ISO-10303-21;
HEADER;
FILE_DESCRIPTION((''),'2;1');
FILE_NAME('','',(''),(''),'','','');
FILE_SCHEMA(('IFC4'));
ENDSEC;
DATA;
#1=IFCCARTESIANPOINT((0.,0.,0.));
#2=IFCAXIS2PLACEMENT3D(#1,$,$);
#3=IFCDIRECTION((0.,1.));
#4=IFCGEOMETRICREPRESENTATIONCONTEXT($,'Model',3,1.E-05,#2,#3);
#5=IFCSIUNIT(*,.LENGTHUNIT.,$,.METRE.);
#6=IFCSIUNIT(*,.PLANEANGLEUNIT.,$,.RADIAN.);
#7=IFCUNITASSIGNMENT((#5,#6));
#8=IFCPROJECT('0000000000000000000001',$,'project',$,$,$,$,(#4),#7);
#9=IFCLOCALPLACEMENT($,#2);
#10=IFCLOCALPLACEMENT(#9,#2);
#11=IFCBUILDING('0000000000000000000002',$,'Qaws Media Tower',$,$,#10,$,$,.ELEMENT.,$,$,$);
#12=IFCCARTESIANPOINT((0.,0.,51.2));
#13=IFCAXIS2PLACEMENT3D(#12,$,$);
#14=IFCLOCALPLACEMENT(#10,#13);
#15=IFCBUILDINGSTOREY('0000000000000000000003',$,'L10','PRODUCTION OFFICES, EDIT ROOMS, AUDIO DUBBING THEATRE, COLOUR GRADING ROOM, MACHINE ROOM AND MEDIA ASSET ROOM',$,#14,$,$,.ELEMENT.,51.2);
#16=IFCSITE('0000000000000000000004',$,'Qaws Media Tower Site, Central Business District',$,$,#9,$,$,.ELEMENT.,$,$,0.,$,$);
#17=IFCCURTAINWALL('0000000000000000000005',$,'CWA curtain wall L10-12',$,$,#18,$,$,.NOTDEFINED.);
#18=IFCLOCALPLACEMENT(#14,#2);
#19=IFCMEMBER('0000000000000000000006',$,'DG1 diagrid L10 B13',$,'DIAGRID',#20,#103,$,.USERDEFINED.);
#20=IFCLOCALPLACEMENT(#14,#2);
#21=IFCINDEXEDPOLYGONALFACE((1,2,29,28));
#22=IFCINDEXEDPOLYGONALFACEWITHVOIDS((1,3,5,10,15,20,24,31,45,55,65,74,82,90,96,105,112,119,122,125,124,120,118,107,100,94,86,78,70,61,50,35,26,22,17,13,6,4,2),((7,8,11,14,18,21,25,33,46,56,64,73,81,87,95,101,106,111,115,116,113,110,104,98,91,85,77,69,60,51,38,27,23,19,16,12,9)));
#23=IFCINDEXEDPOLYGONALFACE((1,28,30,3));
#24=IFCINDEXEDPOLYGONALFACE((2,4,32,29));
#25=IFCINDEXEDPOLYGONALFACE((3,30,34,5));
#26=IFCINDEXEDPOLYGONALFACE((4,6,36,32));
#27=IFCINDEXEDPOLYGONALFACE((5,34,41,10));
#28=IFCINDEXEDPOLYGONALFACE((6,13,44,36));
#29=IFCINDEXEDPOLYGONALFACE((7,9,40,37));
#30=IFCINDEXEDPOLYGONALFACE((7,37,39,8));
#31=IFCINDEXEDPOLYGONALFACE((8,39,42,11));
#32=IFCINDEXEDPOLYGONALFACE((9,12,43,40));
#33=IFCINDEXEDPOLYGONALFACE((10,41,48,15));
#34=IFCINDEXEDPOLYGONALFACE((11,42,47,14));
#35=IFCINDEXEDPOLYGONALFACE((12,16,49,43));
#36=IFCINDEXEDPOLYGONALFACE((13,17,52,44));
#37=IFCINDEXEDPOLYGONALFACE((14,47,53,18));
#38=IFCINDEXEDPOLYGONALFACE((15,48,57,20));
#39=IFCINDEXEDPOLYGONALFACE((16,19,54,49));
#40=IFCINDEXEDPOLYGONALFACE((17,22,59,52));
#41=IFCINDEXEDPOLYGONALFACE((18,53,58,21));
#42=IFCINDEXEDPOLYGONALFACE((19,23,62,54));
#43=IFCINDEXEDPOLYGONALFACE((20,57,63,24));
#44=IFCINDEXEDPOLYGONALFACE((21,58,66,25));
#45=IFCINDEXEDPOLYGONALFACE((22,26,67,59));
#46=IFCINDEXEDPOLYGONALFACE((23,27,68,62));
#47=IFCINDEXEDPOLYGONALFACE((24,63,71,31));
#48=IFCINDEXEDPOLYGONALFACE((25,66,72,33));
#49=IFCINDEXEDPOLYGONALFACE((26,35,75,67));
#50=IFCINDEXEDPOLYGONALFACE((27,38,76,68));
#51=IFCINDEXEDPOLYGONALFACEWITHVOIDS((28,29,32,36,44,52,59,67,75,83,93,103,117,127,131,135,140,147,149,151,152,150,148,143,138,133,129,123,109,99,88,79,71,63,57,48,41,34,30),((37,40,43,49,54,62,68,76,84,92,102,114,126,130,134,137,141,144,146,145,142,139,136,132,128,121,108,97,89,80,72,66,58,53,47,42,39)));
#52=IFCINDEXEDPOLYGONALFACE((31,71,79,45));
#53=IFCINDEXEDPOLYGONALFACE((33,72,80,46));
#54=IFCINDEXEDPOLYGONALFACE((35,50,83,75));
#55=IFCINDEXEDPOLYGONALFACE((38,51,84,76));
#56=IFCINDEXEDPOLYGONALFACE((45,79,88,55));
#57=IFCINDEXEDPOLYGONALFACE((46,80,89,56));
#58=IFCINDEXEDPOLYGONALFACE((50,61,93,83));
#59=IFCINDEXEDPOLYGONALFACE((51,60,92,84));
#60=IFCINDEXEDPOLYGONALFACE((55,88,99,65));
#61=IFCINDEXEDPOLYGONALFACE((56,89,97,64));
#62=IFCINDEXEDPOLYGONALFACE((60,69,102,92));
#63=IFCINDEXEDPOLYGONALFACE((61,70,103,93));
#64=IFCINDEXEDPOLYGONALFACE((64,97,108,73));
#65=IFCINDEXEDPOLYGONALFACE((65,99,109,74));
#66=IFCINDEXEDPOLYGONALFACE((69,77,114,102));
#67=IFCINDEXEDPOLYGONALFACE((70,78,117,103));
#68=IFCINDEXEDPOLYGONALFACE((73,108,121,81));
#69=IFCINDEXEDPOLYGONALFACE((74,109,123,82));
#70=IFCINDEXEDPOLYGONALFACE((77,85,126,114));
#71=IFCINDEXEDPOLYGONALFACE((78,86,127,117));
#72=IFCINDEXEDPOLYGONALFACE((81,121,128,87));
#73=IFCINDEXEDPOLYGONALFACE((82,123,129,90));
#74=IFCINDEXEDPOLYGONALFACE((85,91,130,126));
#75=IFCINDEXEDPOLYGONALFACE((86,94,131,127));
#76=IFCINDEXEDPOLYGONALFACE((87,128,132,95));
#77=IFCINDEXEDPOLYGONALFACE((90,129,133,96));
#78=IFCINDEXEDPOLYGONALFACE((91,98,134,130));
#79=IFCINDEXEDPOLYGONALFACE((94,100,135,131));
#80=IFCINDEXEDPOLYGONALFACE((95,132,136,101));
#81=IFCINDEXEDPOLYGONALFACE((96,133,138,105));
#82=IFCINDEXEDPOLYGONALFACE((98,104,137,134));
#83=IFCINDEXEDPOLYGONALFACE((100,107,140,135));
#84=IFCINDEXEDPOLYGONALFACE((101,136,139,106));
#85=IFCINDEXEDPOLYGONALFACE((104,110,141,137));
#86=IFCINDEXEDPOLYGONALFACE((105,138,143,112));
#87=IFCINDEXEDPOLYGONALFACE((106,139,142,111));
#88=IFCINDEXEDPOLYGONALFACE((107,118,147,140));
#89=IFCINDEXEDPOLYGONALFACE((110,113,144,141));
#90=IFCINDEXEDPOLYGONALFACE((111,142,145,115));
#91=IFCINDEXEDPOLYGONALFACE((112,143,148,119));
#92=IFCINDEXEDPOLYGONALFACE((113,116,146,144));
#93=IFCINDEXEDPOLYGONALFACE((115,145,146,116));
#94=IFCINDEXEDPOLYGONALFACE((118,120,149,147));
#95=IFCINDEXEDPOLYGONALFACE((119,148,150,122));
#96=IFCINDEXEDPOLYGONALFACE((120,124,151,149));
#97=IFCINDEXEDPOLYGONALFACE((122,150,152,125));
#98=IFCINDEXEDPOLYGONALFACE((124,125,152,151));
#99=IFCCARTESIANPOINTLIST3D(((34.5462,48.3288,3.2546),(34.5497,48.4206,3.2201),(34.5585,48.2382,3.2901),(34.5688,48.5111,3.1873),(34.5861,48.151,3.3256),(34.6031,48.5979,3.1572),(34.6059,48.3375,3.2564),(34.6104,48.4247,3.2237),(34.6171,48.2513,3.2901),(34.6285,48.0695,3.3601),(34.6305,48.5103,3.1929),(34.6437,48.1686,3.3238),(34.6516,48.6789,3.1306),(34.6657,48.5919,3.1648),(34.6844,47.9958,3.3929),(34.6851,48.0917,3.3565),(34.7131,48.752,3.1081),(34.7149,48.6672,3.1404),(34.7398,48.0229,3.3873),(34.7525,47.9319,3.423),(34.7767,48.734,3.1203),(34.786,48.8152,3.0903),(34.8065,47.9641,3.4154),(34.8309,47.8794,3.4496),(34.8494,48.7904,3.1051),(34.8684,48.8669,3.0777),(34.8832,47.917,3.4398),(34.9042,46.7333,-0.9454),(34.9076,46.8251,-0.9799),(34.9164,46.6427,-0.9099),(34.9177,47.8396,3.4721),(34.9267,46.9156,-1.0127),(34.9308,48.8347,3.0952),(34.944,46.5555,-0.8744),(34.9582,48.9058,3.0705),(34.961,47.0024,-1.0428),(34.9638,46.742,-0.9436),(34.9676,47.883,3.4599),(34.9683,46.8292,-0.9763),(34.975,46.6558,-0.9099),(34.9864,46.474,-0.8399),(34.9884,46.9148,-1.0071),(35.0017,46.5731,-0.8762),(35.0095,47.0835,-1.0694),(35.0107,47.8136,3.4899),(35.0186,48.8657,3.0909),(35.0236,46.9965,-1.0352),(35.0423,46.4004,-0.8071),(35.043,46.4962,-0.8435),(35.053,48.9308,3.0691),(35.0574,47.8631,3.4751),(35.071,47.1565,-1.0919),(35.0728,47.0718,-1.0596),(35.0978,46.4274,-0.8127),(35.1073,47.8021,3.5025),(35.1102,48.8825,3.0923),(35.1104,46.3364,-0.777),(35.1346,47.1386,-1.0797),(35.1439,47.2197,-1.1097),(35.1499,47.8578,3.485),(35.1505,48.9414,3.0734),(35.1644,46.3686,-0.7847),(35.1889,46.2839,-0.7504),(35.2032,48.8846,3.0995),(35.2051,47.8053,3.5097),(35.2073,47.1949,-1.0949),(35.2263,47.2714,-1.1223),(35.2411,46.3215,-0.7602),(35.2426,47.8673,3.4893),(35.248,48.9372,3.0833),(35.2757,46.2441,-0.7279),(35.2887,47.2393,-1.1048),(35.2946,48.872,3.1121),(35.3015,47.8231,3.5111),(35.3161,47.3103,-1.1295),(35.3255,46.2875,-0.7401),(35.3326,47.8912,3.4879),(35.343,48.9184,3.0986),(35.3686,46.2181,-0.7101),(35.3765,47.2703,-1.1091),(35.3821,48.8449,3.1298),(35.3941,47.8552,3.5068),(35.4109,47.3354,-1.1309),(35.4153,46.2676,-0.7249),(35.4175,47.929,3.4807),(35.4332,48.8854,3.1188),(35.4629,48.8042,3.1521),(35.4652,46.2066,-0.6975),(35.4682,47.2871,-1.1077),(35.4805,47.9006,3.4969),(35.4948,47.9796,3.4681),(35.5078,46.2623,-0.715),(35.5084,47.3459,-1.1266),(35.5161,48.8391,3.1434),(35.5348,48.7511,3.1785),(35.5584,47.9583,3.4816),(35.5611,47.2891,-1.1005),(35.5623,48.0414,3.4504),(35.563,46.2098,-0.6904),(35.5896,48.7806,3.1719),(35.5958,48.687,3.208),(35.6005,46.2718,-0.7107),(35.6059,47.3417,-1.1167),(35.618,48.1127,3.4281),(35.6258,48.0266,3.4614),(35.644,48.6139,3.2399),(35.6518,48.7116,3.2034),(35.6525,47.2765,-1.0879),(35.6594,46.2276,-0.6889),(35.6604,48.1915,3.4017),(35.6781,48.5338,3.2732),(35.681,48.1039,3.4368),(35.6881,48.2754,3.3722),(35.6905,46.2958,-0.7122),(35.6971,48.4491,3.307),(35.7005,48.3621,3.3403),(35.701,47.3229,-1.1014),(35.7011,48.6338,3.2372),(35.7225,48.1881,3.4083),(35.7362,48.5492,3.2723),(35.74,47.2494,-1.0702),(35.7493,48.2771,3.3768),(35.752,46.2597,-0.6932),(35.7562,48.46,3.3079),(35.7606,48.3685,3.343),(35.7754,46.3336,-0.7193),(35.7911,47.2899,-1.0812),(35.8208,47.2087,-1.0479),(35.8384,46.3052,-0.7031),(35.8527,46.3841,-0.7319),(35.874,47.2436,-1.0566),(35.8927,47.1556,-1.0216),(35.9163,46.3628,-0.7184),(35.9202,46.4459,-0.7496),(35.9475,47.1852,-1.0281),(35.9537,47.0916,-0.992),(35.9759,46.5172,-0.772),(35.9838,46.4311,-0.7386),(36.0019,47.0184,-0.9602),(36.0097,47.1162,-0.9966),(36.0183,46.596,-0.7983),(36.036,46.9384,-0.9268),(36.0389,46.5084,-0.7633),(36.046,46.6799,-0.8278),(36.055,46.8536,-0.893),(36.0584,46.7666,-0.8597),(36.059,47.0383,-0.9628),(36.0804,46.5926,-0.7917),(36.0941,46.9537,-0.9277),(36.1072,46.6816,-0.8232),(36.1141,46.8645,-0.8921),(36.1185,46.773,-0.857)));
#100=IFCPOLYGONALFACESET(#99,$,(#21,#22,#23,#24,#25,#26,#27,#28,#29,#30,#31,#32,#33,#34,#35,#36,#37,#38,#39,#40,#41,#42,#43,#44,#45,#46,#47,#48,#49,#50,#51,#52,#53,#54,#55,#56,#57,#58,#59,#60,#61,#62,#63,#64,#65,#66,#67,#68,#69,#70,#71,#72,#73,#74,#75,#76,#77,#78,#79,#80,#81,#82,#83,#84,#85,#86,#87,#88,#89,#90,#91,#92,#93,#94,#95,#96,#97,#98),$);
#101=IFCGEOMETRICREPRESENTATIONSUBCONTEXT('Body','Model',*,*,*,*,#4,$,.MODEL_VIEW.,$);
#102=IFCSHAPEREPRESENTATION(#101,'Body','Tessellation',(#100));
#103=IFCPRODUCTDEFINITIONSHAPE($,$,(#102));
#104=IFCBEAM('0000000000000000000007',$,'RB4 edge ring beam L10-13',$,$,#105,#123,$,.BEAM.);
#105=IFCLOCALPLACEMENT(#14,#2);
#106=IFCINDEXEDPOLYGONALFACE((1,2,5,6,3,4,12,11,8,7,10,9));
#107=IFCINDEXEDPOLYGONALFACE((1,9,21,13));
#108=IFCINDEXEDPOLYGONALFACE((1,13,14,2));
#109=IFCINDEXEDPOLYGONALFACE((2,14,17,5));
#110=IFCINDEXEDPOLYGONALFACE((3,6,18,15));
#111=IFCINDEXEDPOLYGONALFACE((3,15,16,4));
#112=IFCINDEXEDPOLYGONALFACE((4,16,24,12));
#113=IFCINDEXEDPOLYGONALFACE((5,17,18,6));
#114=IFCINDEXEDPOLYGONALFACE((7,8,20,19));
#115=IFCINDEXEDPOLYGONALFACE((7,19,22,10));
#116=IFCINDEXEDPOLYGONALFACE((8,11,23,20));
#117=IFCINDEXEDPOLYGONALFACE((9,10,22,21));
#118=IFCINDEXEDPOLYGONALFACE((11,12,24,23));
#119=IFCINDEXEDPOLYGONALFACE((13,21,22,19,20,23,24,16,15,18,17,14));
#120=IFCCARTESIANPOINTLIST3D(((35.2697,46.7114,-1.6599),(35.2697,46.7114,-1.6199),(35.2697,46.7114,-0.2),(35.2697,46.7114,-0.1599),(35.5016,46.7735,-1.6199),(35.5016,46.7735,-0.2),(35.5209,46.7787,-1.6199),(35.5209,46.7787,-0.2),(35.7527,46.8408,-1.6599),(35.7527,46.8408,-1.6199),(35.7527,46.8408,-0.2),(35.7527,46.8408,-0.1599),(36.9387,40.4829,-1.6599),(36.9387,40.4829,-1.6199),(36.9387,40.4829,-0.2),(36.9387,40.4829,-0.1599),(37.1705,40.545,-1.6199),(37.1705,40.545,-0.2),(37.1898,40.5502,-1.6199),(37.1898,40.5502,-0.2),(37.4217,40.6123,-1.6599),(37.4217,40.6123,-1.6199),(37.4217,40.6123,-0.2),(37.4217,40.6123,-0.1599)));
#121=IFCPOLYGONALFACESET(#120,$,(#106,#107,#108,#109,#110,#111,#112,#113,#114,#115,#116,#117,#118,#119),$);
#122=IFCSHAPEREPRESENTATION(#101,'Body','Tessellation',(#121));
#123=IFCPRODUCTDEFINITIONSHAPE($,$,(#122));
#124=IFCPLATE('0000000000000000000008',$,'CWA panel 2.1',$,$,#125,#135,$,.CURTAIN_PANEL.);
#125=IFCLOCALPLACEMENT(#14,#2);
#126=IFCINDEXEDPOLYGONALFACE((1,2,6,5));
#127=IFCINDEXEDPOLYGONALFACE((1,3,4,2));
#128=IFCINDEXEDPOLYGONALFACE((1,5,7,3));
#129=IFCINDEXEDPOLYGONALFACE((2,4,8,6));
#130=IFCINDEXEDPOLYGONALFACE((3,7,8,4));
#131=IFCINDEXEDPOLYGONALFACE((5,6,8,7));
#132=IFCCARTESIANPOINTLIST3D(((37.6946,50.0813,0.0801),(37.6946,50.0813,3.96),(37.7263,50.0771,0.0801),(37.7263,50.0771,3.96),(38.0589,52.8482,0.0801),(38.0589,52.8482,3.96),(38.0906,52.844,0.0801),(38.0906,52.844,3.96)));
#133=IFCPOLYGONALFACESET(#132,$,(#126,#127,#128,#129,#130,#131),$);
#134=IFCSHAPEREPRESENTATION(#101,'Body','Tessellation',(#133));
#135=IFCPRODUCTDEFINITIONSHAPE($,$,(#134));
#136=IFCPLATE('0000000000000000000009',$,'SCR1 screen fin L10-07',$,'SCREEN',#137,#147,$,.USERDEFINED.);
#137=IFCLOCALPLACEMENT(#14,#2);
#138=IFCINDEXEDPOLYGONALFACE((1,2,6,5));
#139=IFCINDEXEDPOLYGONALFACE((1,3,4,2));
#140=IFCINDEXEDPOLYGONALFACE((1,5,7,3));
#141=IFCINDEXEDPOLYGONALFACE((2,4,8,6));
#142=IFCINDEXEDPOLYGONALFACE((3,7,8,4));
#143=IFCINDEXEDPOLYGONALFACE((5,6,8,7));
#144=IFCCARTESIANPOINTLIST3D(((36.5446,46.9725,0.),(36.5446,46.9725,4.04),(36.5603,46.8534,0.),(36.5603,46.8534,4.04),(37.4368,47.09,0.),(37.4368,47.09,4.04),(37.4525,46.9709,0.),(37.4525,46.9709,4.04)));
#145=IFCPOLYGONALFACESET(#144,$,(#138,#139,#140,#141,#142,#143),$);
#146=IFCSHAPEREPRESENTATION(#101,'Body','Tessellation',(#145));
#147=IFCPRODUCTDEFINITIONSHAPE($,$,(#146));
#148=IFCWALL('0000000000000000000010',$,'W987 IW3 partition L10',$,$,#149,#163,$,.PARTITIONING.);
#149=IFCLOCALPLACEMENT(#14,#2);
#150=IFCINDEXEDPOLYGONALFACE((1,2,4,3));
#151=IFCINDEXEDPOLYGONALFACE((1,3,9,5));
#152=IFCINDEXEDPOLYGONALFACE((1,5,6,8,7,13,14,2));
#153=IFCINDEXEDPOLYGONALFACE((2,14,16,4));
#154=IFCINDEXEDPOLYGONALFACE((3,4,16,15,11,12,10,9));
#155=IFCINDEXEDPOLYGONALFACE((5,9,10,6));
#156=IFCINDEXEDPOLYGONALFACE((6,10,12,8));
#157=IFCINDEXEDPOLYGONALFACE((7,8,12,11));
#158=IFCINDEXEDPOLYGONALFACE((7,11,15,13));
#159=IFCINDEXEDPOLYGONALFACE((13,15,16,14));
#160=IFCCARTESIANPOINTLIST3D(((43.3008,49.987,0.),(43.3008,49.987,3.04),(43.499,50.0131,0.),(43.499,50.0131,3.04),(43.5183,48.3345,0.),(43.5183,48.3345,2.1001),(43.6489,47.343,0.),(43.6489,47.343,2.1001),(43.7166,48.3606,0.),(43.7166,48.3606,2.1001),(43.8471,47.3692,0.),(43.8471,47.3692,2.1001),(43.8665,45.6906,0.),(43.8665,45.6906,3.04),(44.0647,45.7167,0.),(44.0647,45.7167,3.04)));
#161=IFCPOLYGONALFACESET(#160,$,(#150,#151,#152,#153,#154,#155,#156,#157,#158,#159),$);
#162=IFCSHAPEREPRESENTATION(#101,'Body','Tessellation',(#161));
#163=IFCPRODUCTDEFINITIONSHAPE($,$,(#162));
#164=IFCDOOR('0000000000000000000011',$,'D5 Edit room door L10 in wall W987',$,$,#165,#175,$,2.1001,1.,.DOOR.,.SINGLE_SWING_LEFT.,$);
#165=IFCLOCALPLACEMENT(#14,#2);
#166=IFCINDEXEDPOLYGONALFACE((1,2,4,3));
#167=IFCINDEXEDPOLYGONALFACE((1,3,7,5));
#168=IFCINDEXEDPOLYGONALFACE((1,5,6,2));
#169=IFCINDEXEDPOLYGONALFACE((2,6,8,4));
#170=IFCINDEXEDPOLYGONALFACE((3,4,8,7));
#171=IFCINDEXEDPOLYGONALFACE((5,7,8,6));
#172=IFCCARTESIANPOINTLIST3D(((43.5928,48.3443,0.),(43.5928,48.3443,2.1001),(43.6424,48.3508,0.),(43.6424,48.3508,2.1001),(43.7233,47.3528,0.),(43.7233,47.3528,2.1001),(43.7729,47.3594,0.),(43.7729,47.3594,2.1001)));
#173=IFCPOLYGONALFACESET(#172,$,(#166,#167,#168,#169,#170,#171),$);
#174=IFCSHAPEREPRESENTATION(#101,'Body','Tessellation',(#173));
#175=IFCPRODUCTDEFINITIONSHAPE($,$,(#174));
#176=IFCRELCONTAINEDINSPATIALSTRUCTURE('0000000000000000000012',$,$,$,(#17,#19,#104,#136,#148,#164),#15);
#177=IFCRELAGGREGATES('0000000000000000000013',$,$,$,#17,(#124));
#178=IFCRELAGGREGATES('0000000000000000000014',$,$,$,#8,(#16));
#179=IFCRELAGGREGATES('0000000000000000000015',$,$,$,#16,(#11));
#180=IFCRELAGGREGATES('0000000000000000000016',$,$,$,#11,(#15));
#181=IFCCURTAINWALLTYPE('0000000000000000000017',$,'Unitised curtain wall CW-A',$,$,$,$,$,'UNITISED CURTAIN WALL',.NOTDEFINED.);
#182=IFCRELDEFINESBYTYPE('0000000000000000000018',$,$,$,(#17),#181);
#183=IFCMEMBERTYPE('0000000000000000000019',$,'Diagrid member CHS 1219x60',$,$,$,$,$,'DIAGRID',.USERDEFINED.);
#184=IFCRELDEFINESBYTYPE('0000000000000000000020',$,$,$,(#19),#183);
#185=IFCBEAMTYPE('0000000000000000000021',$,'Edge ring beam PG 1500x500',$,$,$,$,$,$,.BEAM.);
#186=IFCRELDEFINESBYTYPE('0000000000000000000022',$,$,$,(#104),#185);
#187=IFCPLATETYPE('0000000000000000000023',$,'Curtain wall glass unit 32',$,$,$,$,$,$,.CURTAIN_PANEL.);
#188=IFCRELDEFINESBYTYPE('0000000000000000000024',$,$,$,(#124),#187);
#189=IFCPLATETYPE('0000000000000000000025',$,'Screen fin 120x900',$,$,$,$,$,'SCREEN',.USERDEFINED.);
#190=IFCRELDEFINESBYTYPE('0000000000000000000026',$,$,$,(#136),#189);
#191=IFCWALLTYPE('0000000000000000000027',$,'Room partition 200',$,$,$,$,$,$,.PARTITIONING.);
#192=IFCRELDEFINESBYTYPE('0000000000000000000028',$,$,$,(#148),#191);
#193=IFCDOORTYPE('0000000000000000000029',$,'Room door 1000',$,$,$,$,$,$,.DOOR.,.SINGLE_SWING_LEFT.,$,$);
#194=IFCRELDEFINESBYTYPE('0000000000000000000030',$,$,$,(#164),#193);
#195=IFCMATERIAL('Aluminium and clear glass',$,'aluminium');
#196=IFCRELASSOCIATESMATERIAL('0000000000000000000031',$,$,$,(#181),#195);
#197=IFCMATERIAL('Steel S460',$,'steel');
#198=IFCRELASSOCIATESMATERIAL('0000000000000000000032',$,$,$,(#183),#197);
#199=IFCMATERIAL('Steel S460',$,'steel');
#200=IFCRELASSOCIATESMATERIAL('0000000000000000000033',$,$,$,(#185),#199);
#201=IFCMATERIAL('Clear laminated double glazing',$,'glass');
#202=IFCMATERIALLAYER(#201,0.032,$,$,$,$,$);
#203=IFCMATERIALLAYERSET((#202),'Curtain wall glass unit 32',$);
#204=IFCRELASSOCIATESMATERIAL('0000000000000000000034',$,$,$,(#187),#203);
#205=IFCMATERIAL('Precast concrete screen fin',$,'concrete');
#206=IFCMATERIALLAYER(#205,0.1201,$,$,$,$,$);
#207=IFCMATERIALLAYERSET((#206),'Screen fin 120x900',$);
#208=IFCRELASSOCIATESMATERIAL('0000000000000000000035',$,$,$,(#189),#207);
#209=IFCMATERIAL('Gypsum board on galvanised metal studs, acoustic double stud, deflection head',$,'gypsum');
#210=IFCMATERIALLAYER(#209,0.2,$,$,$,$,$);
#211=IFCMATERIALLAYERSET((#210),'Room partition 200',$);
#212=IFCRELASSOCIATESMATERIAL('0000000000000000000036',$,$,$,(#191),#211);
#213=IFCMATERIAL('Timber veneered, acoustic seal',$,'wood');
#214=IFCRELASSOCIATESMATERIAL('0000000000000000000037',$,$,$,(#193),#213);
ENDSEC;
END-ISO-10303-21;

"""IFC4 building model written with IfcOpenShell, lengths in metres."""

from ifc_helpers import new_model, si_unit, direction, frame, frame_2d, origin, origin_2d, place, context, subcontext, project, spatial, rectangle, hollow_circle, i_section, extrude, material, layer, layer_set, material_profile, profile_set, type_object, element, fill, aggregate, save


model = new_model("IFC4")

# Units and contexts
model_context = context("Model", 3, precision=1e-05, world=origin(), true_north=direction((0.0, 1.0)))
body_context = subcontext(model_context, "Body", "Model", "MODEL_VIEW")
ifc_project = project(units=[si_unit("LENGTHUNIT", "METRE"), si_unit("PLANEANGLEUNIT", "RADIAN")], contexts=[model_context])

# Site, building, storey
site_placement = place(None, origin())
site = spatial("IfcSite", under=ifc_project, at=site_placement, Name="Qaws Media Tower Site, Central Business District", CompositionType="ELEMENT", RefElevation=0.0)
building_placement = place(site_placement, origin())
building = spatial("IfcBuilding", under=site, at=building_placement, Name="Qaws Media Tower", CompositionType="ELEMENT")
storey_placement = place(building_placement, frame((0.0, 0.0, 51.2)))
storey = spatial("IfcBuildingStorey", under=building, at=storey_placement, Name="L10", Description="PRODUCTION OFFICES, EDIT ROOMS, AUDIO DUBBING THEATRE, COLOUR GRADING ROOM, MACHINE ROOM AND MEDIA ASSET ROOM", CompositionType="ELEMENT", Elevation=51.2)

# Curtain wall
ifc_material_1 = material(Name="Aluminium and clear glass", Category="aluminium")
curtain_wall_type = type_object("IfcCurtainWallType", Name="Unitised curtain wall CW-A", ElementType="UNITISED CURTAIN WALL", PredefinedType="NOTDEFINED", material=ifc_material_1)
curtain_wall_1_placement = place(storey_placement, origin())
curtain_wall_1 = element("IfcCurtainWall", 1, at=curtain_wall_1_placement, inside=storey, type_object=curtain_wall_type, Name="CWA curtain wall L10-12", PredefinedType="NOTDEFINED")

# Member
ifc_material_2 = material(Name="Steel S460", Category="steel")
ifc_material_profile_1 = material_profile(ifc_material_2, hollow_circle(Radius=0.6096, WallThickness=0.0601, at=origin_2d()), Name="CHS 1219x60")
ifc_profile_set_1 = profile_set([ifc_material_profile_1], Name="Steel S460")
member_type_1 = type_object("IfcMemberType", Name="Diagrid member CHS 1219x60", ElementType="DIAGRID", PredefinedType="USERDEFINED", material=ifc_profile_set_1)
for number, where, z_axis, x_axis, name in (
    (2, (35.5112, 46.7761, -0.9099), (-0.079412, 0.353995, 0.93187), (-0.975749, -0.21889, 0.0), "DG1 diagrid L10 B13"),
):
    element("IfcMember", number, at=place(storey_placement, frame(where, z_axis=z_axis, x_axis=x_axis)), inside=storey, type_object=member_type_1, Name=name, ObjectType="DIAGRID", PredefinedType="USERDEFINED", context=body_context, shape_type="SweptSolid", body=[
        extrude(hollow_circle(Radius=0.6096, WallThickness=0.0601, at=origin_2d()), origin(), (0.0, 0.0, 1.0), 4.5071),
    ])

# Beam
ifc_material_3 = material(Name="Steel S460", Category="steel")
ifc_material_profile_2 = material_profile(ifc_material_3, i_section(OverallWidth=0.5, OverallDepth=1.5, WebThickness=0.02, FlangeThickness=0.04, at=origin_2d()), Name="PG 1500x500")
ifc_profile_set_2 = profile_set([ifc_material_profile_2], Name="Steel S460")
beam_type = type_object("IfcBeamType", Name="Edge ring beam PG 1500x500", PredefinedType="BEAM", material=ifc_profile_set_2)
beam_placement = place(storey_placement, frame((35.5112, 46.7761, -0.9099), z_axis=(0.258822, -0.965925, 0.0), x_axis=(0.965925, 0.258822, 0.0)))
element("IfcBeam", 3, at=beam_placement, inside=storey, type_object=beam_type, Name="RB4 edge ring beam L10-13", PredefinedType="BEAM", context=body_context, shape_type="SweptSolid", body=[
    extrude(i_section(OverallWidth=0.5, OverallDepth=1.5, WebThickness=0.02, FlangeThickness=0.04, at=origin_2d()), origin(), (0.0, 0.0, 1.0), 6.4482),
])

# Plates
ifc_material_4 = material(Name="Clear laminated double glazing", Category="glass")
ifc_layer_1 = layer(ifc_material_4, 0.032)
ifc_layer_set_1 = layer_set([ifc_layer_1], Name="Curtain wall glass unit 32")
plate_type_1 = type_object("IfcPlateType", Name="Curtain wall glass unit 32", PredefinedType="CURTAIN_PANEL", material=ifc_layer_set_1)
plate_1_placement = place(storey_placement, frame((37.8926, 51.4626, 0.0801), z_axis=(0.0, 0.0, 1.0), x_axis=(-0.130526, -0.991445, 0.0)))
plate_1 = element("IfcPlate", 4, at=plate_1_placement, type_object=plate_type_1, Name="CWA panel 2.1", PredefinedType="CURTAIN_PANEL", context=body_context, shape_type="SweptSolid", body=[
    extrude(rectangle(XDim=2.7908, YDim=0.032, at=origin_2d()), origin(), (0.0, 0.0, 1.0), 3.8799),
])
aggregate(curtain_wall_1, [plate_1])
ifc_material_5 = material(Name="Precast concrete screen fin", Category="concrete")
ifc_layer_2 = layer(ifc_material_5, 0.1201)
ifc_layer_set_2 = layer_set([ifc_layer_2], Name="Screen fin 120x900")
plate_type_2 = type_object("IfcPlateType", Name="Screen fin 120x900", ElementType="SCREEN", PredefinedType="USERDEFINED", material=ifc_layer_set_2)
plate_2_placement = place(storey_placement, frame((36.9985, 46.9717, 0.0), z_axis=(0.0, 0.0, 1.0), x_axis=(-0.991445, -0.130526, 0.0)))
element("IfcPlate", 5, at=plate_2_placement, inside=storey, type_object=plate_type_2, Name="SCR1 screen fin L10-07", ObjectType="SCREEN", PredefinedType="USERDEFINED", context=body_context, shape_type="SweptSolid", body=[
    extrude(rectangle(XDim=0.8999, YDim=0.1201, at=origin_2d()), origin(), (0.0, 0.0, 1.0), 4.04),
])

# Wall, opening, door
ifc_material_6 = material(Name="Gypsum board on galvanised metal studs, acoustic double stud, deflection head", Category="gypsum")
ifc_layer_3 = layer(ifc_material_6, 0.2)
ifc_layer_set_3 = layer_set([ifc_layer_3], Name="Room partition 200")
wall_type_1 = type_object("IfcWallType", Name="Room partition 200", PredefinedType="PARTITIONING", material=ifc_layer_set_3)
wall_1_placement = place(storey_placement, frame((43.9656, 45.7036, 0.0), z_axis=(0.0, 0.0, 1.0), x_axis=(-0.130536, 0.991444, 0.0)))
wall_1 = element("IfcWall", 6, at=wall_1_placement, inside=storey, type_object=wall_type_1, Name="W987 IW3 partition L10", PredefinedType="PARTITIONING", context=body_context, shape_type="SweptSolid", body=[
    extrude(rectangle(XDim=4.3335, YDim=0.2, at=frame_2d((2.1667, 0.0))), origin(), (0.0, 0.0, 1.0), 3.04),
])
opening_1_placement = place(wall_1_placement, frame((1.6667, 0.0, 0.0)))
opening_1 = element("IfcOpeningElement", 7, at=opening_1_placement, cuts=wall_1, PredefinedType="OPENING", context=body_context, shape_type="SweptSolid", body=[
    extrude(rectangle(XDim=1.0, YDim=2.1001, at=frame_2d((0.5, 1.05))), frame((0.0, 0.1099, 0.0), z_axis=(0.0, -1.0, 0.0), x_axis=(1.0, 0.0, 0.0)), (0.0, 0.0, 1.0), 0.22),
])
ifc_material_7 = material(Name="Timber veneered, acoustic seal", Category="wood")
door_type_1 = type_object("IfcDoorType", Name="Room door 1000", OperationType="SINGLE_SWING_LEFT", PredefinedType="DOOR", material=ifc_material_7)
door_1_placement = place(opening_1_placement, origin())
door_1 = element("IfcDoor", 8, at=door_1_placement, inside=storey, type_object=door_type_1, Name="D5 Edit room door L10 in wall W987", OperationType="SINGLE_SWING_LEFT", OverallHeight=2.1001, OverallWidth=1.0, PredefinedType="DOOR", context=body_context, shape_type="SweptSolid", body=[
    extrude(rectangle(XDim=1.0, YDim=2.1001, at=frame_2d((0.5, 1.05))), frame((0.0, 0.0249, 0.0), z_axis=(0.0, -1.0, 0.0), x_axis=(1.0, 0.0, 0.0)), (0.0, 0.0, 1.0), 0.05),
])
fill(opening_1, door_1)

save(model, "model.ifc")
